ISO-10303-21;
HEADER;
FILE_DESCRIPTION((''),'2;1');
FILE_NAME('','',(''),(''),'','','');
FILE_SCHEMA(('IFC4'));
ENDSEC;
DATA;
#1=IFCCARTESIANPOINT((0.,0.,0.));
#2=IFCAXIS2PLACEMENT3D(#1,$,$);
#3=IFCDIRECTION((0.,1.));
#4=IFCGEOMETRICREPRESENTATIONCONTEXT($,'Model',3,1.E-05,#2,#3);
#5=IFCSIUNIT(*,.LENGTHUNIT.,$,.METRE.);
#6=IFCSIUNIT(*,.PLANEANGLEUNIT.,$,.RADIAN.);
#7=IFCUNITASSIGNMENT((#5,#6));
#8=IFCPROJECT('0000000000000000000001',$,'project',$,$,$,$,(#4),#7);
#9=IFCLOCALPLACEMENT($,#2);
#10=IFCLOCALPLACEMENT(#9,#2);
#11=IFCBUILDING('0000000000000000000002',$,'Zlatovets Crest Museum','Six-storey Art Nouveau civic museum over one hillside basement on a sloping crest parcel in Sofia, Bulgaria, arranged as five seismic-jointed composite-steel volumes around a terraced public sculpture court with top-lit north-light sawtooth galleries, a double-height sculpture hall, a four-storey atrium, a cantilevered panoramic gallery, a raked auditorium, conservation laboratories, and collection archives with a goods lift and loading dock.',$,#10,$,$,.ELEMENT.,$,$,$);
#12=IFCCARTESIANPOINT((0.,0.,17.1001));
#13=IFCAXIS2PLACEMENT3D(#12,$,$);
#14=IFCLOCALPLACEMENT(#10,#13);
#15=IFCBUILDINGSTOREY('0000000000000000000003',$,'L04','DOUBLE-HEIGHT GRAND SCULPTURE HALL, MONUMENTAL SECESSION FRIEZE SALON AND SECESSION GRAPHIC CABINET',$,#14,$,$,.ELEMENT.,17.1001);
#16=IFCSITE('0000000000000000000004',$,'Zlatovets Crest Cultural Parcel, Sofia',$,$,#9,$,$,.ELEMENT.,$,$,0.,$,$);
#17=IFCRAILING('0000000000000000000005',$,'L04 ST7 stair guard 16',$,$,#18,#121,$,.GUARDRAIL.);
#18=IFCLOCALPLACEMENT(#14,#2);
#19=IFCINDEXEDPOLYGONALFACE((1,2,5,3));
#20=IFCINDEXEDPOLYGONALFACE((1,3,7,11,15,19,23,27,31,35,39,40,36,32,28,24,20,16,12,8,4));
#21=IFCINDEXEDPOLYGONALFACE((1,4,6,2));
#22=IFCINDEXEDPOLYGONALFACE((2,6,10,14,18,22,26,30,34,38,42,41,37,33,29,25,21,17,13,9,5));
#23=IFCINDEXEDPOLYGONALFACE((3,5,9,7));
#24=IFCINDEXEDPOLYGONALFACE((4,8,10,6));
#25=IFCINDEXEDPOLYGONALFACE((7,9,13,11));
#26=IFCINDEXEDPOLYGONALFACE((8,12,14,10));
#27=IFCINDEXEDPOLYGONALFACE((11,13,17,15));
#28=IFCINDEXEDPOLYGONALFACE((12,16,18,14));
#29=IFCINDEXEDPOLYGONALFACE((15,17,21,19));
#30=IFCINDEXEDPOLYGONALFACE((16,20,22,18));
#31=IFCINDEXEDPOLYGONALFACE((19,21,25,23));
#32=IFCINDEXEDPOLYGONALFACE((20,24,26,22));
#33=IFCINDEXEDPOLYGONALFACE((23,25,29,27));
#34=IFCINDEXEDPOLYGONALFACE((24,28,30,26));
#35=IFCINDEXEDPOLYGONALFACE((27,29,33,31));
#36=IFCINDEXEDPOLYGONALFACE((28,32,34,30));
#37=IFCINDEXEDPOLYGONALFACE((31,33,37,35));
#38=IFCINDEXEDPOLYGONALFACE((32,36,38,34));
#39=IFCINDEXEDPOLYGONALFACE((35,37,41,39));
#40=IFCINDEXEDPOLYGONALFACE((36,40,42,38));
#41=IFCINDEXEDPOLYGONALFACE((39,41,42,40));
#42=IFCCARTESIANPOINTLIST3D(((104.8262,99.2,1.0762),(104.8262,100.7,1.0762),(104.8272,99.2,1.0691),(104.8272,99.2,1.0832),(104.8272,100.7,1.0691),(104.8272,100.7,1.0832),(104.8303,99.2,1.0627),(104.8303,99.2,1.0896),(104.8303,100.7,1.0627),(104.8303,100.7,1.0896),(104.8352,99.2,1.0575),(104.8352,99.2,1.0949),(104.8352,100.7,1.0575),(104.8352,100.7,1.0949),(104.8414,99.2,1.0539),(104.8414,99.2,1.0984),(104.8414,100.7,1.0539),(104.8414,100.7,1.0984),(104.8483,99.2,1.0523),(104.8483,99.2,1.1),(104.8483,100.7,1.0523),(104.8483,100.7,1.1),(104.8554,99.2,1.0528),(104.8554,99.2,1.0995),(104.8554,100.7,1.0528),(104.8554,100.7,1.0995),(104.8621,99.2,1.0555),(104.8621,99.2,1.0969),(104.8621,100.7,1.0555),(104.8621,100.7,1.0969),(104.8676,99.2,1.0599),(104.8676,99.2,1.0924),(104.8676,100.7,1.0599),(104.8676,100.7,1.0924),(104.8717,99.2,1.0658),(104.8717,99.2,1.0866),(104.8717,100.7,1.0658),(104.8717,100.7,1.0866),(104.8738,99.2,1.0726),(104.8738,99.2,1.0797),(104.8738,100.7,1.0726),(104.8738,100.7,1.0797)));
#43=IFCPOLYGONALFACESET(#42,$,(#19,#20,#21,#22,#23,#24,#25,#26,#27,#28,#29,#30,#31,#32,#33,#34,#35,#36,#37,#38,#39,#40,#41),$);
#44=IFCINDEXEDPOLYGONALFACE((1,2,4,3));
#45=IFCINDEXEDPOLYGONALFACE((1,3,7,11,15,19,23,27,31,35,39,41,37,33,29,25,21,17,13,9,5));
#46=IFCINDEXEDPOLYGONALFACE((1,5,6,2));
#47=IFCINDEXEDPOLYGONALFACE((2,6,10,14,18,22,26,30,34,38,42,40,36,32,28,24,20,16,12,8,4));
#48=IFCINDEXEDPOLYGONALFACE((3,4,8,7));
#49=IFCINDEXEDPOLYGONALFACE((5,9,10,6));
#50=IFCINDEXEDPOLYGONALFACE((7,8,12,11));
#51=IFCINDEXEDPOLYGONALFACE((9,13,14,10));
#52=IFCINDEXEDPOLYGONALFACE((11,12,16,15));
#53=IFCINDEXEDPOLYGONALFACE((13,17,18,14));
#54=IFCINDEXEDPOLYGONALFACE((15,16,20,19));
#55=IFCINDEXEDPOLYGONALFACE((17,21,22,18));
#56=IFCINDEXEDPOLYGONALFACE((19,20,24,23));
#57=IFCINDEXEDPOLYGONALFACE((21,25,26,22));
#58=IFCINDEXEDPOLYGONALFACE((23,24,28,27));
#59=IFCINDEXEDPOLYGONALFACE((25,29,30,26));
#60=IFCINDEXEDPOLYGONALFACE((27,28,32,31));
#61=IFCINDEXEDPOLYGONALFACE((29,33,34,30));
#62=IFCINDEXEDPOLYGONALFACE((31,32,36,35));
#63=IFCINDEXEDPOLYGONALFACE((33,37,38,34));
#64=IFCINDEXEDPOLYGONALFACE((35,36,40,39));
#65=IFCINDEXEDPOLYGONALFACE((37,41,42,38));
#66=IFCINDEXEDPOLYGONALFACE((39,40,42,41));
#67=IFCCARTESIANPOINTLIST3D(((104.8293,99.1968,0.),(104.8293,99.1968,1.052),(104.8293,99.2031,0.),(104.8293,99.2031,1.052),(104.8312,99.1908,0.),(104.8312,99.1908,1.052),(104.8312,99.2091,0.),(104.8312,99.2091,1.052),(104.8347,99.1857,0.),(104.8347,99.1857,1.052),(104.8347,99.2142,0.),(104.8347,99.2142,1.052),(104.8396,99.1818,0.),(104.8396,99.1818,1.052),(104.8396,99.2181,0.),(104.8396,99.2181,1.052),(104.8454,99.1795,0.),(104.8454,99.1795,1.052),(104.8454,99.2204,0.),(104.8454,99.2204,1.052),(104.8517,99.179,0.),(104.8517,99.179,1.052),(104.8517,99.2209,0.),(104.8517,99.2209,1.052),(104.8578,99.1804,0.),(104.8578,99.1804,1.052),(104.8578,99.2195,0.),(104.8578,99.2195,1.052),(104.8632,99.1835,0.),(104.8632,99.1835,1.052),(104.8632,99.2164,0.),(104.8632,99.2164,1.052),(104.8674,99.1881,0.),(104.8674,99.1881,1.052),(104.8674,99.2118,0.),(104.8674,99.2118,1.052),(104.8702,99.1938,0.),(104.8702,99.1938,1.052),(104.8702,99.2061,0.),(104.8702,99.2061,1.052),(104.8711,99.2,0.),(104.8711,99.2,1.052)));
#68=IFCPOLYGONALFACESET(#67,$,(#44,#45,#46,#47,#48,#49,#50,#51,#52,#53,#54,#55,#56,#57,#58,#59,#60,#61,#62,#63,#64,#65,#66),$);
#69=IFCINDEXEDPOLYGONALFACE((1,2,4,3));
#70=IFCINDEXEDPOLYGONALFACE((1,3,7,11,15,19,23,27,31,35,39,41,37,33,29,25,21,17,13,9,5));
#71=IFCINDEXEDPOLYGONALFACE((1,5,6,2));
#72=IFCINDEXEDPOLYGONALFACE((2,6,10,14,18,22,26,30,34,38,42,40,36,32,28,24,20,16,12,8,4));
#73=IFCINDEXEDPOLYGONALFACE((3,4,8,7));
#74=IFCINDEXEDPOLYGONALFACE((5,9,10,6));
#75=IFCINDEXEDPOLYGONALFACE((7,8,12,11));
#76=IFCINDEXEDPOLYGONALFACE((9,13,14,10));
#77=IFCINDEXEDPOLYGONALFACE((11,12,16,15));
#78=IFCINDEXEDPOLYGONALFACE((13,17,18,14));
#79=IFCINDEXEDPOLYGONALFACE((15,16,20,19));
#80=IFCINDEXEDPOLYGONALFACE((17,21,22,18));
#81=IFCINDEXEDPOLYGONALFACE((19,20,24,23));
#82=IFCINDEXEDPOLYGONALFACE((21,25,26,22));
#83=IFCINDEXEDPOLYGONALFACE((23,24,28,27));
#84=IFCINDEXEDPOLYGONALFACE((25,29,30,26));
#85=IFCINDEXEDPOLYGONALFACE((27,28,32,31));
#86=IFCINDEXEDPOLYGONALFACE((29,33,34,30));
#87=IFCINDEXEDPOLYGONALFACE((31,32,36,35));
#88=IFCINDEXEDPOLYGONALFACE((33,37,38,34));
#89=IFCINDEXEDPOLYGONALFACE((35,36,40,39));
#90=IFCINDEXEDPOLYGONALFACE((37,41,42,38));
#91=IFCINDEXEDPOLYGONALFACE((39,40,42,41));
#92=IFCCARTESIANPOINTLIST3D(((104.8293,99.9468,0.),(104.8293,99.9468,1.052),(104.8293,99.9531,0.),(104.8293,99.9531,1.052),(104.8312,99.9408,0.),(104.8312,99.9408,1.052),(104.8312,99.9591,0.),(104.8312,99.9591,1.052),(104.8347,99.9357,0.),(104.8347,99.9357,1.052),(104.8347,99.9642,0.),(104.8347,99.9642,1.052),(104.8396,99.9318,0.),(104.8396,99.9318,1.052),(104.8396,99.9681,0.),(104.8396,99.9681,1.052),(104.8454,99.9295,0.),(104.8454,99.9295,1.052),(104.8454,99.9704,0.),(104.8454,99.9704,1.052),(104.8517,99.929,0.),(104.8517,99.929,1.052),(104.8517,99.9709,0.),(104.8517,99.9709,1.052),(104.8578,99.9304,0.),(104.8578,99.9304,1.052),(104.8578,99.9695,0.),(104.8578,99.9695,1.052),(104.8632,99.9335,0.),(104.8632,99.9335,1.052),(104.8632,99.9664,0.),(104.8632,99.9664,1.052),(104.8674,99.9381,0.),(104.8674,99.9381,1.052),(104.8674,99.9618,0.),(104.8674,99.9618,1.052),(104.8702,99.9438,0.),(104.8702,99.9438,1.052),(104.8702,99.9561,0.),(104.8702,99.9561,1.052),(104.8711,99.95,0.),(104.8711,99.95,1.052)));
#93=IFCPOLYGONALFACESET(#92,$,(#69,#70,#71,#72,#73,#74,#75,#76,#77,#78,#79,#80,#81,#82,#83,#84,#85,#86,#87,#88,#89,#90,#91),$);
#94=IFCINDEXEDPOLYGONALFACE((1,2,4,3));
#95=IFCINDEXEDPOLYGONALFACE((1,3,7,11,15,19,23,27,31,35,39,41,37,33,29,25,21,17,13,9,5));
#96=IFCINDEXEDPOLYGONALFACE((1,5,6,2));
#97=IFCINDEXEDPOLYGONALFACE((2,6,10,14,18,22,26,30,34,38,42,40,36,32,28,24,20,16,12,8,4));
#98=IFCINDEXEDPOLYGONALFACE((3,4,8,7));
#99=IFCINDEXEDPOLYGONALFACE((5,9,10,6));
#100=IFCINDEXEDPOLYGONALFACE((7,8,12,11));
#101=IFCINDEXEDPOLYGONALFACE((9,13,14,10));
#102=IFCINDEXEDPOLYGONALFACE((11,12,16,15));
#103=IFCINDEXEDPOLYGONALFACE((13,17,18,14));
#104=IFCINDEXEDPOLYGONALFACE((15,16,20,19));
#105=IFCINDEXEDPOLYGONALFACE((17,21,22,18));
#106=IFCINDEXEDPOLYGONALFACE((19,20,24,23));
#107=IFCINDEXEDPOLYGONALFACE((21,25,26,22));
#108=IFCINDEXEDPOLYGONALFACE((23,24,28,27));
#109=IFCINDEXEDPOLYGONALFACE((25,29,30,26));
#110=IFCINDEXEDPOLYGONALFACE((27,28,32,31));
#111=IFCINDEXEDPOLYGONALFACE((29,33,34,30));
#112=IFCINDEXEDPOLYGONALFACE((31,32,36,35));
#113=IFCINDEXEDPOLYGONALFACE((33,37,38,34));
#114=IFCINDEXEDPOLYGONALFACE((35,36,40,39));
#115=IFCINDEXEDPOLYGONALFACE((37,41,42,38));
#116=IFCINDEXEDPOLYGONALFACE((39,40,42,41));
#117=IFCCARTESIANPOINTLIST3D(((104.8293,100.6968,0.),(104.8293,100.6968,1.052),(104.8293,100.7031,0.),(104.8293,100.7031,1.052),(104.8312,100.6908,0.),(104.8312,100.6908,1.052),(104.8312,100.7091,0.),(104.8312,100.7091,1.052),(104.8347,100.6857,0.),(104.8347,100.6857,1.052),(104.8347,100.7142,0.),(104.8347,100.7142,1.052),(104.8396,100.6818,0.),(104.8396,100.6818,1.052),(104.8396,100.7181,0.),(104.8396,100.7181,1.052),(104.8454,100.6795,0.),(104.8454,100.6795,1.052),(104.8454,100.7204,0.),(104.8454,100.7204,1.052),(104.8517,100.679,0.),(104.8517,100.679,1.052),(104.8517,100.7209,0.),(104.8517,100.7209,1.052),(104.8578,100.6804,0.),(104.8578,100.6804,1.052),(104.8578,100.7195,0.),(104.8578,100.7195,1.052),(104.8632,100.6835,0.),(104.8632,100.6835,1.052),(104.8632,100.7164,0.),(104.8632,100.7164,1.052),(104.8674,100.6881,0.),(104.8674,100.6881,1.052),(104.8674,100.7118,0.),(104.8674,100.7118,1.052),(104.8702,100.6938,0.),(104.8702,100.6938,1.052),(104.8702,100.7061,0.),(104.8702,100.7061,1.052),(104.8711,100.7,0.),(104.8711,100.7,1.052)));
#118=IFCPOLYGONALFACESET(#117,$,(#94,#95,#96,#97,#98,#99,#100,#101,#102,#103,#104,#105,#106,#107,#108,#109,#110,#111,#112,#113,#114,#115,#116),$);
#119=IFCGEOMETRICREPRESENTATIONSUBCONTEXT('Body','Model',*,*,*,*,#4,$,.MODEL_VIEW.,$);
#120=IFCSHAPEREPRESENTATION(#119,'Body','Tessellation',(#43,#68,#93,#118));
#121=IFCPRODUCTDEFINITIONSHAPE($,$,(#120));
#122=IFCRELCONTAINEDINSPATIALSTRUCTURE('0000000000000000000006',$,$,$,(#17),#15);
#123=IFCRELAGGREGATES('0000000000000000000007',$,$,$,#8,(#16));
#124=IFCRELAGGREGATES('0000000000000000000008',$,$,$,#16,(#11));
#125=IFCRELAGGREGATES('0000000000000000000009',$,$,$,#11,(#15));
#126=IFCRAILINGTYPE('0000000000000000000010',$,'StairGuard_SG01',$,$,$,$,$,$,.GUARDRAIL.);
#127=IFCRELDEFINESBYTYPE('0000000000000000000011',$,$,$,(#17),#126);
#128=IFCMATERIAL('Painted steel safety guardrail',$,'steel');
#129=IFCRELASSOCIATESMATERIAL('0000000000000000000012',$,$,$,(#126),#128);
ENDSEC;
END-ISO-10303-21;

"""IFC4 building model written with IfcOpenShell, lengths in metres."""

from ifc_helpers import new_model, si_unit, direction, frame, origin, origin_2d, place, context, subcontext, project, spatial, circle, extrude, material, type_object, element, save


model = new_model("IFC4")

# Units and contexts
model_context = context("Model", 3, precision=1e-05, world=origin(), true_north=direction((0.0, 1.0)))
body_context = subcontext(model_context, "Body", "Model", "MODEL_VIEW")
ifc_project = project(units=[si_unit("LENGTHUNIT", "METRE"), si_unit("PLANEANGLEUNIT", "RADIAN")], contexts=[model_context])

# Site, building, storey
site_placement = place(None, origin())
site = spatial("IfcSite", under=ifc_project, at=site_placement, Name="Zlatovets Crest Cultural Parcel, Sofia", CompositionType="ELEMENT", RefElevation=0.0)
building_placement = place(site_placement, origin())
building = spatial("IfcBuilding", under=site, at=building_placement, Name="Zlatovets Crest Museum", Description="Six-storey Art Nouveau civic museum over one hillside basement on a sloping crest parcel in Sofia, Bulgaria, arranged as five seismic-jointed composite-steel volumes around a terraced public sculpture court with top-lit north-light sawtooth galleries, a double-height sculpture hall, a four-storey atrium, a cantilevered panoramic gallery, a raked auditorium, conservation laboratories, and collection archives with a goods lift and loading dock.", CompositionType="ELEMENT")
storey_placement = place(building_placement, frame((0.0, 0.0, 17.1001)))
storey = spatial("IfcBuildingStorey", under=building, at=storey_placement, Name="L04", Description="DOUBLE-HEIGHT GRAND SCULPTURE HALL, MONUMENTAL SECESSION FRIEZE SALON AND SECESSION GRAPHIC CABINET", CompositionType="ELEMENT", Elevation=17.1001)

# Railing
ifc_material_1 = material(Name="Painted steel safety guardrail", Category="steel")
railing_type_1 = type_object("IfcRailingType", Name="StairGuard_SG01", PredefinedType="GUARDRAIL", material=ifc_material_1)
for number, where, name in (
    (1, (104.8501, 99.2, 0.0), "L04 ST7 stair guard 16"),
):
    element("IfcRailing", number, at=place(storey_placement, frame(where)), inside=storey, type_object=railing_type_1, Name=name, PredefinedType="GUARDRAIL", context=body_context, shape_type="SweptSolid", body=[
        extrude(circle(Radius=0.0239, at=origin_2d()), frame((0.0, 0.0, 1.0762), z_axis=(0.0, 1.0, 0.0), x_axis=(-1.0, 0.0, 0.0)), (0.0, 0.0, 1.0), 1.5),
        extrude(circle(Radius=0.021, at=origin_2d()), origin(), (0.0, 0.0, 1.0), 1.052),
        extrude(circle(Radius=0.021, at=origin_2d()), frame((0.0, 0.75, 0.0)), (0.0, 0.0, 1.0), 1.052),
        extrude(circle(Radius=0.021, at=origin_2d()), frame((0.0, 1.5, 0.0)), (0.0, 0.0, 1.0), 1.052),
    ])

save(model, "model.ifc")
